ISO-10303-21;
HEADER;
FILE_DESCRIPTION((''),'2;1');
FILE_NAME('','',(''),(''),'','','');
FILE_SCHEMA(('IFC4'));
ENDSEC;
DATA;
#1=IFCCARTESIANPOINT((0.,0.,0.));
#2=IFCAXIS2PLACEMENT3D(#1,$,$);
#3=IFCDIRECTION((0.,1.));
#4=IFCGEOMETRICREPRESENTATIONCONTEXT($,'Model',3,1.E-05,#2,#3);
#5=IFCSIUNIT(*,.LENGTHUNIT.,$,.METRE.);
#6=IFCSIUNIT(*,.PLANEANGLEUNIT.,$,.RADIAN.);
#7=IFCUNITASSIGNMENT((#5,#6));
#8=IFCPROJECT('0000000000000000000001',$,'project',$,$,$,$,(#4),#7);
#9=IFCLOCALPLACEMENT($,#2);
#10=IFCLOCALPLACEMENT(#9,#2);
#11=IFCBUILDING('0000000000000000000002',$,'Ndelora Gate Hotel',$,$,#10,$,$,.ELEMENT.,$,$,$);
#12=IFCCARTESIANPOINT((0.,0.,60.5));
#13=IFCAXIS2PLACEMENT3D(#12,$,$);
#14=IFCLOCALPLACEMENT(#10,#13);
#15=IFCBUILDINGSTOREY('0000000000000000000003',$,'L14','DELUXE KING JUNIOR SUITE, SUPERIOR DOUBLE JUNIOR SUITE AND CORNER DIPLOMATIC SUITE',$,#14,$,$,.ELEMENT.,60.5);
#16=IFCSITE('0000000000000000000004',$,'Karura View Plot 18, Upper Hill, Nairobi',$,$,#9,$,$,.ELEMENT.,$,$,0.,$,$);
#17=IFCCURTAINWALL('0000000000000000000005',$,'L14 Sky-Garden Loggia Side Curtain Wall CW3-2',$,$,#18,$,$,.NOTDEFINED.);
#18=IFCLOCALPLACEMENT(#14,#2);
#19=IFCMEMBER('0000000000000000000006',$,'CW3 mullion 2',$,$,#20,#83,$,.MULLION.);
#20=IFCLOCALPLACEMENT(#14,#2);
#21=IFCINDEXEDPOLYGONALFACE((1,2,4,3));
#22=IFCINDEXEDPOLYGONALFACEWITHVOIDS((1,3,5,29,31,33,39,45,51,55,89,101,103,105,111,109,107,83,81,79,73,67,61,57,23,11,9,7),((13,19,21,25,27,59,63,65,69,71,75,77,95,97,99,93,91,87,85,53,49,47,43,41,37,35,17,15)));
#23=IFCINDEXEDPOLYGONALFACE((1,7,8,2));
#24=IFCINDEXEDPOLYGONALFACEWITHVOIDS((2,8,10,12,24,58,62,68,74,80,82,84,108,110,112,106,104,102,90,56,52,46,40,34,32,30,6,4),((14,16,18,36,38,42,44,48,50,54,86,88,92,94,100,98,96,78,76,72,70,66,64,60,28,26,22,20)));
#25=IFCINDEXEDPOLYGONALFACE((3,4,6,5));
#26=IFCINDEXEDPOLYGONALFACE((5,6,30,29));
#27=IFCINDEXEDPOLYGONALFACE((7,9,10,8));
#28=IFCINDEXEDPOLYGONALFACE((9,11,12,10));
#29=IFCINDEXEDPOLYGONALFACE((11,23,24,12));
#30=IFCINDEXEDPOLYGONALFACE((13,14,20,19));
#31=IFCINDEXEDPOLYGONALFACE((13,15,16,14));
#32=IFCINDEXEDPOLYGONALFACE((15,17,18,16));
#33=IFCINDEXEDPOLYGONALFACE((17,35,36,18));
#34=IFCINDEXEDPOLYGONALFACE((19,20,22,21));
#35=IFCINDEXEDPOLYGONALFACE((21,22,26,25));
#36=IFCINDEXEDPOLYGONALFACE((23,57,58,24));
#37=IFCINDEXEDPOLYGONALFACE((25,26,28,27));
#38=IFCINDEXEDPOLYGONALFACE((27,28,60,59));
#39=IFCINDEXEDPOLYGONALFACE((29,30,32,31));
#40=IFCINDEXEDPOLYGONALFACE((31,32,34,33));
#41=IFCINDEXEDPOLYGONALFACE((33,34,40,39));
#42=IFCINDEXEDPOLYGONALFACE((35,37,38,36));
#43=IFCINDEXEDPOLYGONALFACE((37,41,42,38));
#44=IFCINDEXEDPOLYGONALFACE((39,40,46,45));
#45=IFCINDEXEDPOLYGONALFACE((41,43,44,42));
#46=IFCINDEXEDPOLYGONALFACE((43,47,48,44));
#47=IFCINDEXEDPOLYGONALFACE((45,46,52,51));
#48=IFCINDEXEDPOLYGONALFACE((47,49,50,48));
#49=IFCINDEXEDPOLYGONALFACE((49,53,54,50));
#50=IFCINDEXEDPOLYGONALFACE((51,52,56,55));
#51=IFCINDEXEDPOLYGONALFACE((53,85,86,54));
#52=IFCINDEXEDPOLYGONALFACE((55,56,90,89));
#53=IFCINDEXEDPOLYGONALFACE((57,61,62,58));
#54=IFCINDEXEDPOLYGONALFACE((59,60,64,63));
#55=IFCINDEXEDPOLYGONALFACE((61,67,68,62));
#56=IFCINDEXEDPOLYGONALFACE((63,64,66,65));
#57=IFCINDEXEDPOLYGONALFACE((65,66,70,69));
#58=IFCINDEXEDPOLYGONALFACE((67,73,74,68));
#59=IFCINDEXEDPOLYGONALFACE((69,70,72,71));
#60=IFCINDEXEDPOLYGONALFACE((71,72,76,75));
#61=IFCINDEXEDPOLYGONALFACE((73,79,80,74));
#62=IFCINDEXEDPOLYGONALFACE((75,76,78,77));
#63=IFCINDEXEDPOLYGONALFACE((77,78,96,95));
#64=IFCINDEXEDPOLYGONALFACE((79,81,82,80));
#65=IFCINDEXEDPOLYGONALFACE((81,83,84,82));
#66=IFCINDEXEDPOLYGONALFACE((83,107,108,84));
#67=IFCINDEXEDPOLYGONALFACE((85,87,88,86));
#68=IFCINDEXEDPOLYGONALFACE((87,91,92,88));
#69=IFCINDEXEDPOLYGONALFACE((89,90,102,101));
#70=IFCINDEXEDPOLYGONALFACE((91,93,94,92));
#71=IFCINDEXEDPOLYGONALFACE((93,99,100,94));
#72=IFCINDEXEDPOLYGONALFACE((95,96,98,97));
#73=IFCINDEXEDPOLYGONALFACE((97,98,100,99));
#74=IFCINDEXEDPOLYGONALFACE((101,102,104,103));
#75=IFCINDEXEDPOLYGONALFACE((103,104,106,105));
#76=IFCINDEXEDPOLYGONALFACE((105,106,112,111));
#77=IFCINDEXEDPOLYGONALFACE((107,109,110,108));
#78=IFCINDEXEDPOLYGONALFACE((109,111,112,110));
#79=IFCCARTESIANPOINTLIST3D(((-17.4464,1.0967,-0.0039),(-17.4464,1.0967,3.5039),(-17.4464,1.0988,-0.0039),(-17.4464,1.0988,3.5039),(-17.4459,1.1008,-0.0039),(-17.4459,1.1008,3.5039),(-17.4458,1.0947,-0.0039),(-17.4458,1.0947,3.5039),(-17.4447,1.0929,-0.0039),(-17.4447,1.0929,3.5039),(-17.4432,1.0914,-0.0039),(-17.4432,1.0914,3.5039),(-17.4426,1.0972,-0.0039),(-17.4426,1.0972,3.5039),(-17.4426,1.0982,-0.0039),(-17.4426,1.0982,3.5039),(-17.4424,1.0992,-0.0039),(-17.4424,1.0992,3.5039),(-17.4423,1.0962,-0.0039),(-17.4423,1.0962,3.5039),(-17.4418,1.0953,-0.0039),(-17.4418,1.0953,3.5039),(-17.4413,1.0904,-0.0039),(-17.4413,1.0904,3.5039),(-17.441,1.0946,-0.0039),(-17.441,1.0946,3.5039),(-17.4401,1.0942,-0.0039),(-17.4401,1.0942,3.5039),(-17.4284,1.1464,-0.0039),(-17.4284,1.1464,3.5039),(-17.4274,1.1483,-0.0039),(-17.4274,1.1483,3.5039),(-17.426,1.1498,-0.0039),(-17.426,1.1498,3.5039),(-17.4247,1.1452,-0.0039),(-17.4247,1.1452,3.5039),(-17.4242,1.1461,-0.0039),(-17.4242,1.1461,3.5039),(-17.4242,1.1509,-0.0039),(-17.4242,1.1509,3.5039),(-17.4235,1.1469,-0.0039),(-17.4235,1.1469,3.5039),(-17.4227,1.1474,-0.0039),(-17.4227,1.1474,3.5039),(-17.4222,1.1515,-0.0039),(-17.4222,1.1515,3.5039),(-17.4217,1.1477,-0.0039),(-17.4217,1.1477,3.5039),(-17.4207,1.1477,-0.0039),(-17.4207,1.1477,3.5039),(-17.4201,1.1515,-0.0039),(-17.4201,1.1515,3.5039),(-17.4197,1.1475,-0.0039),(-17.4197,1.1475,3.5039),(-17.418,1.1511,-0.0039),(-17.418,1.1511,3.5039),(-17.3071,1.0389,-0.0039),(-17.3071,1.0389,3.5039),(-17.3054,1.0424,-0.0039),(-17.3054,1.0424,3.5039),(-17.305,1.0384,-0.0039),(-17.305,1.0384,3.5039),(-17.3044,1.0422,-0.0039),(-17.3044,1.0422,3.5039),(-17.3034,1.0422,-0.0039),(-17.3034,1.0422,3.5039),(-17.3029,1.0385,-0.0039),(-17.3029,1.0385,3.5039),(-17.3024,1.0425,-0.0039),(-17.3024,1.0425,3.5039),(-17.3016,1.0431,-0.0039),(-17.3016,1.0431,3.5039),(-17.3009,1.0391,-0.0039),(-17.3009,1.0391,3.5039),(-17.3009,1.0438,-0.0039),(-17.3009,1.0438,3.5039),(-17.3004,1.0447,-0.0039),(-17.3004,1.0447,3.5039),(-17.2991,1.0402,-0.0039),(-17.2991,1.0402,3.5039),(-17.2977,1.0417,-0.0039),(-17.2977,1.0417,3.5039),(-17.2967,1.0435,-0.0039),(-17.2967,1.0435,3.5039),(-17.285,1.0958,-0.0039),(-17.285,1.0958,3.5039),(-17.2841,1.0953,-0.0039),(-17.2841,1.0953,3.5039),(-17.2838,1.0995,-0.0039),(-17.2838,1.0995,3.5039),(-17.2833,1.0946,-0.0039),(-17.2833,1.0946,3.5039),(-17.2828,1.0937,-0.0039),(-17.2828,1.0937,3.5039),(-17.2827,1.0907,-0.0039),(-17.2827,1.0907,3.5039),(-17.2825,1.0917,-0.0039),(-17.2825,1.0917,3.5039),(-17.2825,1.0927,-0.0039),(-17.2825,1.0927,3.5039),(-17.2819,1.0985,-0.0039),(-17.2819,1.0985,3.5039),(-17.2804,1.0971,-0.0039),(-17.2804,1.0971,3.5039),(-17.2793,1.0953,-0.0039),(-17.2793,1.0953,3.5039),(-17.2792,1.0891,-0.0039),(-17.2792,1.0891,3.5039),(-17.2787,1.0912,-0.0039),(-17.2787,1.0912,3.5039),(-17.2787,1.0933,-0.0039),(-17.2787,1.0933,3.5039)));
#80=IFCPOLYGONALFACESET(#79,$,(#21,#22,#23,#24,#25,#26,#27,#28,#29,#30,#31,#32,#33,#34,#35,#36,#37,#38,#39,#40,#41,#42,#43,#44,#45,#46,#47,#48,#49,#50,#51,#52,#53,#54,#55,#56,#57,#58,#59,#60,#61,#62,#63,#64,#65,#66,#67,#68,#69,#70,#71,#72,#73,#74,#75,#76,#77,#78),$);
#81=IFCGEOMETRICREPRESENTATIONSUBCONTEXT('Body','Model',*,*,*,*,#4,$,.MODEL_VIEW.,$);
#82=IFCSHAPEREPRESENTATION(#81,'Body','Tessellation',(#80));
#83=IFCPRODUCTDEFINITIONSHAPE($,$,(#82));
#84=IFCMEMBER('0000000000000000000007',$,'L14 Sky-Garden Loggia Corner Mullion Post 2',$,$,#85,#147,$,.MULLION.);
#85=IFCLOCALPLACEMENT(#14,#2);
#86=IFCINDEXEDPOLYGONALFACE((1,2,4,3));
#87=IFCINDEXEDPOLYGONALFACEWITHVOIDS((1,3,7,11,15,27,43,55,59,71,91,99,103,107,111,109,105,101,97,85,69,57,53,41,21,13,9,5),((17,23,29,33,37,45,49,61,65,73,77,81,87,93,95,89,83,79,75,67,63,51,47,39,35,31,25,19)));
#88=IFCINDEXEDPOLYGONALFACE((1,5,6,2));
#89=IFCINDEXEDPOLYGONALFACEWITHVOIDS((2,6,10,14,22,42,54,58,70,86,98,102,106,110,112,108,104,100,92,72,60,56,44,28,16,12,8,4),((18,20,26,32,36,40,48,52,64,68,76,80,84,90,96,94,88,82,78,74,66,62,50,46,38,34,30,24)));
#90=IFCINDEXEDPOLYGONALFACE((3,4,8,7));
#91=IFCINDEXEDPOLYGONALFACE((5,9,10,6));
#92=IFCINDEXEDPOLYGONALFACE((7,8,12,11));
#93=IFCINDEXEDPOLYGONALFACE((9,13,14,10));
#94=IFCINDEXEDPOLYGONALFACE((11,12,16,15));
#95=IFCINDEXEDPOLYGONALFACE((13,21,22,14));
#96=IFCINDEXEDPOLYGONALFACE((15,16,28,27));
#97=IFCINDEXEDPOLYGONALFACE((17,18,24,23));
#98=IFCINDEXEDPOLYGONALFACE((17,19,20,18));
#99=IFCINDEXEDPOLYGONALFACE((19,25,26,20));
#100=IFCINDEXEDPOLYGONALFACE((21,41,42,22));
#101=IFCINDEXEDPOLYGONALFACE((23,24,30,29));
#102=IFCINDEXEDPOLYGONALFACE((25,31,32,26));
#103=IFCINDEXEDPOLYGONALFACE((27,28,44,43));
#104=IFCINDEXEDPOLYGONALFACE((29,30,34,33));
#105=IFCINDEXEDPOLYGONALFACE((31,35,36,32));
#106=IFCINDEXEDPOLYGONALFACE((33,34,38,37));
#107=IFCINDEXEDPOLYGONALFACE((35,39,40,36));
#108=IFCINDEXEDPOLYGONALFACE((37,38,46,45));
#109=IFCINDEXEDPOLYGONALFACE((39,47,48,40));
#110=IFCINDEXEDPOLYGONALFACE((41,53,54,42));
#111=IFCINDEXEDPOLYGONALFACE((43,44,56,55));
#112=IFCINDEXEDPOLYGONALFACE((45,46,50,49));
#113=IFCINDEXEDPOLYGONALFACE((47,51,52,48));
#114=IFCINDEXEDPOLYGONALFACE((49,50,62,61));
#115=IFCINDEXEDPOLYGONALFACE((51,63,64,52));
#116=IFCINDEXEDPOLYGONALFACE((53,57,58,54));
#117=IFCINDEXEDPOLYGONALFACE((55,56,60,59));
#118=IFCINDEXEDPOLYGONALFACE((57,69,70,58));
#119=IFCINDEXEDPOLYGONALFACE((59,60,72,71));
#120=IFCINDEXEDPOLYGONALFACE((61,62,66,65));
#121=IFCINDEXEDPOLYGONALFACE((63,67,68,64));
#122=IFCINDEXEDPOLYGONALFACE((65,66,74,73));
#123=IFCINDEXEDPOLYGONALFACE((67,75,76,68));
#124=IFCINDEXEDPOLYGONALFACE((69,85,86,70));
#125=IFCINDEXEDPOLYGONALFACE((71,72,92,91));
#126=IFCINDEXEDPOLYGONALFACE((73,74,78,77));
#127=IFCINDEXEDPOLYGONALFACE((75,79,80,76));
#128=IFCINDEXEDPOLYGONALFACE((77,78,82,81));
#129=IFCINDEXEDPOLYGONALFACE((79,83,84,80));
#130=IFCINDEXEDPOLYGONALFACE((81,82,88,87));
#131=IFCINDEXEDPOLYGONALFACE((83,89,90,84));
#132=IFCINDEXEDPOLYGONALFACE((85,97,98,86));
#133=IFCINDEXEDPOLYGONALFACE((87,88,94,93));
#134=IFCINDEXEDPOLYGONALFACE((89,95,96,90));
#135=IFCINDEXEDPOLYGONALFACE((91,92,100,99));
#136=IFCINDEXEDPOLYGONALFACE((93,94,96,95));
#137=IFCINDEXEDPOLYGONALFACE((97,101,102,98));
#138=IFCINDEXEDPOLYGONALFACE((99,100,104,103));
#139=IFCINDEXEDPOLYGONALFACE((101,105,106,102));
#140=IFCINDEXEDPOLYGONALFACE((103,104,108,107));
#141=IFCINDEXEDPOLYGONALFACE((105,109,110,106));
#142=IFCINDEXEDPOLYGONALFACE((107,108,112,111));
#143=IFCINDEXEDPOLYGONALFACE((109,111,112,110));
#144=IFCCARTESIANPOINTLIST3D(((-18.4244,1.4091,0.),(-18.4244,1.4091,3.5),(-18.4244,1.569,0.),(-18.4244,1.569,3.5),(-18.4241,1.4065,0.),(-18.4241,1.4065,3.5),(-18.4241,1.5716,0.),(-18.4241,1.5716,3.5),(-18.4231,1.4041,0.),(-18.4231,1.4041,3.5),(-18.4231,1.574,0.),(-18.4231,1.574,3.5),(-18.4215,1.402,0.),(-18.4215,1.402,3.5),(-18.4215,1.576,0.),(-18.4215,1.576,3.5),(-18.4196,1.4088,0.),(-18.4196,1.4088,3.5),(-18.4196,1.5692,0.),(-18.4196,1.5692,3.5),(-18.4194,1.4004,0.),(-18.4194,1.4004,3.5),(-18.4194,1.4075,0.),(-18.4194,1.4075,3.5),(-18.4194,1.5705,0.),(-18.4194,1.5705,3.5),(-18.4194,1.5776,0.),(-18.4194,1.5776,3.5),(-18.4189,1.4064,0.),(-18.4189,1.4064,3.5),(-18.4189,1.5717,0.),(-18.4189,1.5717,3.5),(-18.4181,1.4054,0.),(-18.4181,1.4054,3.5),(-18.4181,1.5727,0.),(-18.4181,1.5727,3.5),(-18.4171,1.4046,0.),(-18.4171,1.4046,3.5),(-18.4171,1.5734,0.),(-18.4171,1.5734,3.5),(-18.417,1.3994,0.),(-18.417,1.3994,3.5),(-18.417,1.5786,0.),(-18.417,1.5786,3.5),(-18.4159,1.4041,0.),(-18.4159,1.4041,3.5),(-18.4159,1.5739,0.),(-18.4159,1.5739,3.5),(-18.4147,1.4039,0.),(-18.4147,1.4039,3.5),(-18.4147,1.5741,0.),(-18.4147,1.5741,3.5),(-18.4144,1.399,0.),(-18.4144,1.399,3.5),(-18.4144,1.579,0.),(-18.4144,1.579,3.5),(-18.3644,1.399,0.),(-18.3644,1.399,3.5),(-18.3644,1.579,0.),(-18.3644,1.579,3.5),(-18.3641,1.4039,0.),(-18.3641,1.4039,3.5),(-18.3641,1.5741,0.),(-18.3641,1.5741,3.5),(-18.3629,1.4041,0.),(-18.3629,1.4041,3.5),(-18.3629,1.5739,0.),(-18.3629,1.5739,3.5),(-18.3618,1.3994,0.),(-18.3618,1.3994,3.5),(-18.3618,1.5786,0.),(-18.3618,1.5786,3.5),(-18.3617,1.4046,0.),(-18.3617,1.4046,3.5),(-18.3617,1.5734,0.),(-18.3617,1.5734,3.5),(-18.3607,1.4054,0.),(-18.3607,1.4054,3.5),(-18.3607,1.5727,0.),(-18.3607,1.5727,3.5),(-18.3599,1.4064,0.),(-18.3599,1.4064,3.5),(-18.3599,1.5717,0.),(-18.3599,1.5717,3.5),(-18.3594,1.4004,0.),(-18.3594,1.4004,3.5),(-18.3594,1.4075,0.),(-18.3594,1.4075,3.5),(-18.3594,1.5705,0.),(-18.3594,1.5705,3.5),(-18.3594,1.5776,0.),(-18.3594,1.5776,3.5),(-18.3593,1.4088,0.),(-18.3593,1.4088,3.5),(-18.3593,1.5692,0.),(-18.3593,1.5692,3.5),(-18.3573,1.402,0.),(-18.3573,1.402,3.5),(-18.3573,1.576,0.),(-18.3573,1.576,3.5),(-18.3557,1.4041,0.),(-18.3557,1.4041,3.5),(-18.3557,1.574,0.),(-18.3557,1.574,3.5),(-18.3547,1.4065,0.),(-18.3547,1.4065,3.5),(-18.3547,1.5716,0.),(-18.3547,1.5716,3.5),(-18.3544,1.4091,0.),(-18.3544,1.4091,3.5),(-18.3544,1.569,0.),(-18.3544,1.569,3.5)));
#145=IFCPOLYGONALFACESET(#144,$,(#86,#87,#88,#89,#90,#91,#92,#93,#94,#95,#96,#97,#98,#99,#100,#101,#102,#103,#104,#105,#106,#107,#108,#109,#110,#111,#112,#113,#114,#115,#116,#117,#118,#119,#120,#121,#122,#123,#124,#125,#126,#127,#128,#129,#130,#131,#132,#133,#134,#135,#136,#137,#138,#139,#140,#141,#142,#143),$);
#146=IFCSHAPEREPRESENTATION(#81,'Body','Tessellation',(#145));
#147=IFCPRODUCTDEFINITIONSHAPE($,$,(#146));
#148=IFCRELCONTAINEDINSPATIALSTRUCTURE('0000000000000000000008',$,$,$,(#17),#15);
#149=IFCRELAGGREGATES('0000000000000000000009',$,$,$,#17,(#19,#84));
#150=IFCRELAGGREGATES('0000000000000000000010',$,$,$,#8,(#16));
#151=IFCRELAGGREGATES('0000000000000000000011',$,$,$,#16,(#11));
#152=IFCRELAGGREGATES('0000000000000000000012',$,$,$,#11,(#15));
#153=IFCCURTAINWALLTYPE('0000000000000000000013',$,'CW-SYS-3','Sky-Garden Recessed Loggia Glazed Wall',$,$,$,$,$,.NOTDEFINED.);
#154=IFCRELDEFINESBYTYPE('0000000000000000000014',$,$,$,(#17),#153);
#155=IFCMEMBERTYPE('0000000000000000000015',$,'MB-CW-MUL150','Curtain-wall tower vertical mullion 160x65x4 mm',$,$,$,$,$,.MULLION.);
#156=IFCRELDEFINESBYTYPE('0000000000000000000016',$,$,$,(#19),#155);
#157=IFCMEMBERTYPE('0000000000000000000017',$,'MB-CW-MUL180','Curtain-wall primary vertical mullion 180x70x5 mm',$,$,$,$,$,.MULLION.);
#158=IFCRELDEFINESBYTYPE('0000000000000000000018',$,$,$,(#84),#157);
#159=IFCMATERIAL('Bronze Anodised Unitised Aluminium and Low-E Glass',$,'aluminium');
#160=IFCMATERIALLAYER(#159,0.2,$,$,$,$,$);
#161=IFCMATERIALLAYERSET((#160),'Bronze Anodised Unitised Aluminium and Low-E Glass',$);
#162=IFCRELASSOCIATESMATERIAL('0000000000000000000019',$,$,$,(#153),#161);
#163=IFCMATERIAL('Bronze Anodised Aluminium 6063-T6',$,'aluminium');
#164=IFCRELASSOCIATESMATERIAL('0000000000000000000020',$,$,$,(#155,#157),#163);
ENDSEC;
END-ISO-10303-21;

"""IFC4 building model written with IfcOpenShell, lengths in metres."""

from ifc_helpers import new_model, si_unit, direction, frame, origin, origin_2d, place, context, subcontext, project, spatial, hollow_rectangle, extrude, material, layer, layer_set, material_profile, profile_set, type_object, element, aggregate, save


model = new_model("IFC4")

# Units and contexts
model_context = context("Model", 3, precision=1e-05, world=origin(), true_north=direction((0.0, 1.0)))
body_context = subcontext(model_context, "Body", "Model", "MODEL_VIEW")
ifc_project = project(units=[si_unit("LENGTHUNIT", "METRE"), si_unit("PLANEANGLEUNIT", "RADIAN")], contexts=[model_context])

# Site, building, storey
site_placement = place(None, origin())
site = spatial("IfcSite", under=ifc_project, at=site_placement, Name="Karura View Plot 18, Upper Hill, Nairobi", CompositionType="ELEMENT", RefElevation=0.0)
building_placement = place(site_placement, origin())
building = spatial("IfcBuilding", under=site, at=building_placement, Name="Ndelora Gate Hotel", CompositionType="ELEMENT")
storey_placement = place(building_placement, frame((0.0, 0.0, 60.5)))
storey = spatial("IfcBuildingStorey", under=building, at=storey_placement, Name="L14", Description="DELUXE KING JUNIOR SUITE, SUPERIOR DOUBLE JUNIOR SUITE AND CORNER DIPLOMATIC SUITE", CompositionType="ELEMENT", Elevation=60.5)

# Curtain wall, members
ifc_material_1 = material(Name="Bronze Anodised Unitised Aluminium and Low-E Glass", Category="aluminium")
ifc_layer_1 = layer(ifc_material_1, 0.2)
ifc_layer_set_1 = layer_set([ifc_layer_1], Name="Bronze Anodised Unitised Aluminium and Low-E Glass")
curtain_wall_type = type_object("IfcCurtainWallType", Name="CW-SYS-3", Description="Sky-Garden Recessed Loggia Glazed Wall", PredefinedType="NOTDEFINED", material=ifc_layer_set_1)
curtain_wall_placement = place(storey_placement, origin())
curtain_wall = element("IfcCurtainWall", 1, at=curtain_wall_placement, inside=storey, type_object=curtain_wall_type, Name="L14 Sky-Garden Loggia Side Curtain Wall CW3-2", PredefinedType="NOTDEFINED")
ifc_material_2 = material(Name="Bronze Anodised Aluminium 6063-T6", Category="aluminium")
ifc_material_profile_1 = material_profile(ifc_material_2, hollow_rectangle(XDim=0.0649, YDim=0.1599, WallThickness=0.0039, InnerFilletRadius=0.0039, OuterFilletRadius=0.0081, at=origin_2d()), Name="ALU 160x65x4")
ifc_profile_set_1 = profile_set([ifc_material_profile_1], Name="Bronze Anodised Aluminium 6063-T6")
member_type_1 = type_object("IfcMemberType", Name="MB-CW-MUL150", Description="Curtain-wall tower vertical mullion 160x65x4 mm", PredefinedType="MULLION", material=ifc_profile_set_1)
member_1_placement = place(storey_placement, frame((-17.3625, 1.095, -0.0039), z_axis=(0.0, 0.0, 1.0), x_axis=(0.358376, 0.933577, 0.0)))
member_1 = element("IfcMember", 2, at=member_1_placement, type_object=member_type_1, Name="CW3 mullion 2", PredefinedType="MULLION", context=body_context, shape_type="SweptSolid", body=[
    extrude(hollow_rectangle(XDim=0.0649, YDim=0.1599, WallThickness=0.0039, InnerFilletRadius=0.0039, OuterFilletRadius=0.0081, at=origin_2d()), origin(), (0.0, 0.0, 1.0), 3.5078),
])
ifc_material_profile_2 = material_profile(ifc_material_2, hollow_rectangle(XDim=0.0701, YDim=0.1799, WallThickness=0.0049, InnerFilletRadius=0.0049, OuterFilletRadius=0.01, at=origin_2d()), Name="ALU 180x70x5")
ifc_profile_set_2 = profile_set([ifc_material_profile_2], Name="Bronze Anodised Aluminium 6063-T6")
member_type_2 = type_object("IfcMemberType", Name="MB-CW-MUL180", Description="Curtain-wall primary vertical mullion 180x70x5 mm", PredefinedType="MULLION", material=ifc_profile_set_2)
member_2_placement = place(storey_placement, frame((-18.3894, 1.489, 0.0), z_axis=(0.0, 0.0, 1.0), x_axis=(1.0, 0.0, 0.0)))
member_2 = element("IfcMember", 3, at=member_2_placement, type_object=member_type_2, Name="L14 Sky-Garden Loggia Corner Mullion Post 2", PredefinedType="MULLION", context=body_context, shape_type="SweptSolid", body=[
    extrude(hollow_rectangle(XDim=0.0701, YDim=0.1799, WallThickness=0.0049, InnerFilletRadius=0.0049, OuterFilletRadius=0.01, at=origin_2d()), origin(), (0.0, 0.0, 1.0), 3.5),
])
aggregate(curtain_wall, [member_1, member_2])

save(model, "model.ifc")
